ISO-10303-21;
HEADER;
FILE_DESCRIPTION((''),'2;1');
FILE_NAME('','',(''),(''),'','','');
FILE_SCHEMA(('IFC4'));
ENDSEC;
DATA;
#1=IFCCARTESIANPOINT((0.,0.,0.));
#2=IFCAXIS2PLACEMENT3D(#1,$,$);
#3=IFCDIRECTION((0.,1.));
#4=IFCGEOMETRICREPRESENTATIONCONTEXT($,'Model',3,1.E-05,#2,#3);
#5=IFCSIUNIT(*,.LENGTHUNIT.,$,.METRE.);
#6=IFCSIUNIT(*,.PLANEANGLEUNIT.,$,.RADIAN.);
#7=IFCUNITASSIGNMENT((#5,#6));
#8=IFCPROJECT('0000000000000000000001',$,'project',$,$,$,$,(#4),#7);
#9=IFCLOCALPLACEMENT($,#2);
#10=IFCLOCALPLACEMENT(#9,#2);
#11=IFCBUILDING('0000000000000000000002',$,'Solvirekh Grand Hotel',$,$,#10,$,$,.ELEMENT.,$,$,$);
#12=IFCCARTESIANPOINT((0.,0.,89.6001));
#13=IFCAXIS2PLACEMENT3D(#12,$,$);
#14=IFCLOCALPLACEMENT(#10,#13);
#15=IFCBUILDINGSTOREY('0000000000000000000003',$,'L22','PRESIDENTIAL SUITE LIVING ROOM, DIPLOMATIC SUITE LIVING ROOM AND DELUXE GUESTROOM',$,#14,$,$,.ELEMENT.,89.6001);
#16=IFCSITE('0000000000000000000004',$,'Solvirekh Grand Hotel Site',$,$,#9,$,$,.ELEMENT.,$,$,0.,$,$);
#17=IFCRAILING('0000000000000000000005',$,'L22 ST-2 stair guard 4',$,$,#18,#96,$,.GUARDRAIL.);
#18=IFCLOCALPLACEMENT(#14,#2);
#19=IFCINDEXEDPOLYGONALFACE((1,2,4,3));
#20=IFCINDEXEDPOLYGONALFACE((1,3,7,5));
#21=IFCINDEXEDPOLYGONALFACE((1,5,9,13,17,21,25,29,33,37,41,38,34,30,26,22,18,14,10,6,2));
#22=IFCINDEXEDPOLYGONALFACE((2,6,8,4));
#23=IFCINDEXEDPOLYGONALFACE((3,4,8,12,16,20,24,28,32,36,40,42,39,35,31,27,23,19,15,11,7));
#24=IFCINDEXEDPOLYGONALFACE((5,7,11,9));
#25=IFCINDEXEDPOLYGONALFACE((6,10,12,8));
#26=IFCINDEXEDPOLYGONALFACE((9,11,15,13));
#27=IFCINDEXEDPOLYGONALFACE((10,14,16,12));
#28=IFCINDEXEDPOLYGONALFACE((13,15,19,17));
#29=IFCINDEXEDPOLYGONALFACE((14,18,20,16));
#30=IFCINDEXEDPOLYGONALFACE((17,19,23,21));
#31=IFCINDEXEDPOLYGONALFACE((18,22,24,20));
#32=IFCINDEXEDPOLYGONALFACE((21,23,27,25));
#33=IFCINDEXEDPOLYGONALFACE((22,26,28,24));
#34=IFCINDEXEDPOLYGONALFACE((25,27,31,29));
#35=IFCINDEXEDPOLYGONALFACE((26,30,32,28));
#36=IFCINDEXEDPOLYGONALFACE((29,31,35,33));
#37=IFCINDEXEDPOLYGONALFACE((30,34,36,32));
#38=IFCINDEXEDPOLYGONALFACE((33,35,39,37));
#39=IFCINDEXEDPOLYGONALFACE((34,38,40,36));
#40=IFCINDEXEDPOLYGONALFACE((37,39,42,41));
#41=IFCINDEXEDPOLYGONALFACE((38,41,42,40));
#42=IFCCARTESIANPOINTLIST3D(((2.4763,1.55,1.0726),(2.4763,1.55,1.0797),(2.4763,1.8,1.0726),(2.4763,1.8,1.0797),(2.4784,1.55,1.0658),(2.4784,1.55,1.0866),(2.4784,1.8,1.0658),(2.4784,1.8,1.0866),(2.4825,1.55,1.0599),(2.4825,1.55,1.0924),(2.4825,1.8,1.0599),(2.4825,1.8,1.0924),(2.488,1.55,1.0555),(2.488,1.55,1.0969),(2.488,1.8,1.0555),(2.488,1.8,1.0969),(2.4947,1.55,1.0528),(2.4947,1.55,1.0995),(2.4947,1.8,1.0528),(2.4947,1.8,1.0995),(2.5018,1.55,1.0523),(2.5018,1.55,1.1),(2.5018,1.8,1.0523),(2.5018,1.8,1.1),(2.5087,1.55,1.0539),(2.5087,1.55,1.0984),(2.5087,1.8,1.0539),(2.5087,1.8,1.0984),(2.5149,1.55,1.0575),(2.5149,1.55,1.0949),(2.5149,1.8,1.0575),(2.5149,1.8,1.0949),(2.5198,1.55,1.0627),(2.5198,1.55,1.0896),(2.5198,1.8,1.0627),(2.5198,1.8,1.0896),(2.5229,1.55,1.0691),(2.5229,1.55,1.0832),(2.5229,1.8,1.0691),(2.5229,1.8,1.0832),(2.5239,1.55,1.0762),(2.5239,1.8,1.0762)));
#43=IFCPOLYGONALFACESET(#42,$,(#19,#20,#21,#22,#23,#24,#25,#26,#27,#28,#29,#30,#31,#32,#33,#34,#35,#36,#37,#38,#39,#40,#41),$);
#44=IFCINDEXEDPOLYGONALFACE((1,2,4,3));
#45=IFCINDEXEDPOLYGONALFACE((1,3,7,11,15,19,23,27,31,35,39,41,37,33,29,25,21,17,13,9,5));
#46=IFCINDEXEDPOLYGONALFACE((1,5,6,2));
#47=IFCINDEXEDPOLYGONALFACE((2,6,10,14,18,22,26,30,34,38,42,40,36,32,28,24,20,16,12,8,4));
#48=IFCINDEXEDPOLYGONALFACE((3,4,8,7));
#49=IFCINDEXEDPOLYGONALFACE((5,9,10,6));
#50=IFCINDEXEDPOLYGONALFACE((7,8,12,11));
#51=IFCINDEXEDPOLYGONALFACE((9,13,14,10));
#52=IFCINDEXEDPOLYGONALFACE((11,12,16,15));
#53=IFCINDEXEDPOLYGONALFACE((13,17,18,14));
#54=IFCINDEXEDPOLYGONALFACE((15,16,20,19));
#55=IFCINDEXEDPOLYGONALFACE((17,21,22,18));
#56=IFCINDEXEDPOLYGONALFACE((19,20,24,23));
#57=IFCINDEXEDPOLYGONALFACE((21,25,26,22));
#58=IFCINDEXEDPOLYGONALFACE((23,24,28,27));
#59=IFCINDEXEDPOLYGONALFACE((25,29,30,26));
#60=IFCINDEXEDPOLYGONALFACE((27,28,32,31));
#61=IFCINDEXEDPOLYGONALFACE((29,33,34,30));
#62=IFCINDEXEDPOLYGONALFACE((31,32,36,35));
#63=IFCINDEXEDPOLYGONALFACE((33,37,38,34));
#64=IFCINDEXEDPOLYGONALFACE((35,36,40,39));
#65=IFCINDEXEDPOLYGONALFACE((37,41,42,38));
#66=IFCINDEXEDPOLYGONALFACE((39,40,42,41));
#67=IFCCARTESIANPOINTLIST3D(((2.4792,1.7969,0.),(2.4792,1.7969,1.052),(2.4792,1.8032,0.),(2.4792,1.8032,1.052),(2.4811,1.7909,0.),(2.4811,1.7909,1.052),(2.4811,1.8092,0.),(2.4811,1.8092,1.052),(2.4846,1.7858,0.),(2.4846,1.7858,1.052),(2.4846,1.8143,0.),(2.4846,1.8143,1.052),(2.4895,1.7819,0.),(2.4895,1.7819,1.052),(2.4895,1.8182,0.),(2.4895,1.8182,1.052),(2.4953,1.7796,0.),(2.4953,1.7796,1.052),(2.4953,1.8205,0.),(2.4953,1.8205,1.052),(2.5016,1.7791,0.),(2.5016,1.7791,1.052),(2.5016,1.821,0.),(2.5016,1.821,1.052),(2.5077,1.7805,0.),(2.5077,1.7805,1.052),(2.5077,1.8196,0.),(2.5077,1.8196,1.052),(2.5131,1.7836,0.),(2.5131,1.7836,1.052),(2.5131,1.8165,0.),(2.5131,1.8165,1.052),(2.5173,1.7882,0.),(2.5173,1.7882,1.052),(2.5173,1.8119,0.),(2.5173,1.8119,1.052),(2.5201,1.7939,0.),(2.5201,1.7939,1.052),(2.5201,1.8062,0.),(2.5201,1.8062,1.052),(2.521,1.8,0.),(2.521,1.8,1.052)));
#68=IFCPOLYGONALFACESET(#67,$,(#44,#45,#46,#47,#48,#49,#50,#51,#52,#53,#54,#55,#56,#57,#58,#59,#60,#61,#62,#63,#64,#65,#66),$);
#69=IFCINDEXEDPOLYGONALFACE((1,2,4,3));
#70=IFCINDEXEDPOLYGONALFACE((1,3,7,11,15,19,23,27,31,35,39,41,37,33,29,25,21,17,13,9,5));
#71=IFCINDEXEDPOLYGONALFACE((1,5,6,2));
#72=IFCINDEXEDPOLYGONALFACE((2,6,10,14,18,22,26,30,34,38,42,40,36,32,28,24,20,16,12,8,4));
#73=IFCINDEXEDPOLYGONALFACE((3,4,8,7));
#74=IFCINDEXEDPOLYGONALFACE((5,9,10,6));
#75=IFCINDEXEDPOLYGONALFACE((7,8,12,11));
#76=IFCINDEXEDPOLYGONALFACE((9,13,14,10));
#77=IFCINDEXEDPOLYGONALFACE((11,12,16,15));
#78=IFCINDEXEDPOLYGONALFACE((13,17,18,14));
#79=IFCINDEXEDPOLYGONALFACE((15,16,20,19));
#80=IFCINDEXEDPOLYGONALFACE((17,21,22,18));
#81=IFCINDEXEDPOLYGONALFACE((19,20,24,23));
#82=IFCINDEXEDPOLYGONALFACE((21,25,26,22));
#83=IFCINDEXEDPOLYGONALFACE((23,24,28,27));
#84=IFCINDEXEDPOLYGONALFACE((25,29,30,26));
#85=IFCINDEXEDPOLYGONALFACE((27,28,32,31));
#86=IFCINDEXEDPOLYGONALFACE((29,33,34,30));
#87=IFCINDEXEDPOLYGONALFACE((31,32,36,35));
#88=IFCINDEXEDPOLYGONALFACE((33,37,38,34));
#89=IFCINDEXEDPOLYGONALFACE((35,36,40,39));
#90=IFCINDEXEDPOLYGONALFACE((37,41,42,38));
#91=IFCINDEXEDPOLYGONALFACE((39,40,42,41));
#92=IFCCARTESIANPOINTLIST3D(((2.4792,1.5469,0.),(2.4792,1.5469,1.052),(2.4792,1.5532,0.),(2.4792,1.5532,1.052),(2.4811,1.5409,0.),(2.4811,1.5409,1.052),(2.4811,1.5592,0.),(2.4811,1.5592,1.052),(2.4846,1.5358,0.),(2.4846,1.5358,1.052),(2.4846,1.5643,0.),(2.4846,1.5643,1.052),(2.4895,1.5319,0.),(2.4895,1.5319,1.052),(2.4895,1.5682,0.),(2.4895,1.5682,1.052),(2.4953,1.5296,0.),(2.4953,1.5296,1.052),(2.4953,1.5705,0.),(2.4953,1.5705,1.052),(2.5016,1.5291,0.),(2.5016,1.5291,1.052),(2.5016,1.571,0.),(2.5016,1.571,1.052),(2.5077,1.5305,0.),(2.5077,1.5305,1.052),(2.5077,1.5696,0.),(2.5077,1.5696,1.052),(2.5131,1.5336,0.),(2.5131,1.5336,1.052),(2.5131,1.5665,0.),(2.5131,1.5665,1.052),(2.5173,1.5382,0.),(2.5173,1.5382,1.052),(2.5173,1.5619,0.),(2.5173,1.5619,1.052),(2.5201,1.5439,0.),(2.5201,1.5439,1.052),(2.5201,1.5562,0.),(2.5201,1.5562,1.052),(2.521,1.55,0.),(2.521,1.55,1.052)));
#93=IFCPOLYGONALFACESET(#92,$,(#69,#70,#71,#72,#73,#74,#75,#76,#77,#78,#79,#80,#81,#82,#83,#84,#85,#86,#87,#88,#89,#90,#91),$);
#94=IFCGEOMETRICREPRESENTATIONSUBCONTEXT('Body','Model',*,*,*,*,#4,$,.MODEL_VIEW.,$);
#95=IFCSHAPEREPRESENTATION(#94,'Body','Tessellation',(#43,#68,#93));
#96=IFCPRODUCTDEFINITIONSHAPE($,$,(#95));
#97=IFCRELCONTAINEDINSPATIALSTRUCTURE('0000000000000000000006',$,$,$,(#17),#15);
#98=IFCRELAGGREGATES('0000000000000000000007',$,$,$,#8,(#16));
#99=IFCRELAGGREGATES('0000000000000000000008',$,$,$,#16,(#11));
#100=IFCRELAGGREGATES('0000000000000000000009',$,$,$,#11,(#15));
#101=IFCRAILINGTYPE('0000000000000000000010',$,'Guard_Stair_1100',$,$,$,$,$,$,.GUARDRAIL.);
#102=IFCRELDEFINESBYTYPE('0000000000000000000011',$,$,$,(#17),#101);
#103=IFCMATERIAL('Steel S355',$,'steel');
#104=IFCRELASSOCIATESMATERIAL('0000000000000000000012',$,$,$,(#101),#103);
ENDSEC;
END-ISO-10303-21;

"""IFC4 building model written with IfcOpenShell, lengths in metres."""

from ifc_helpers import new_model, si_unit, direction, frame, origin, origin_2d, place, context, subcontext, project, spatial, circle, extrude, material, type_object, element, save


model = new_model("IFC4")

# Units and contexts
model_context = context("Model", 3, precision=1e-05, world=origin(), true_north=direction((0.0, 1.0)))
body_context = subcontext(model_context, "Body", "Model", "MODEL_VIEW")
ifc_project = project(units=[si_unit("LENGTHUNIT", "METRE"), si_unit("PLANEANGLEUNIT", "RADIAN")], contexts=[model_context])

# Site, building, storey
site_placement = place(None, origin())
site = spatial("IfcSite", under=ifc_project, at=site_placement, Name="Solvirekh Grand Hotel Site", CompositionType="ELEMENT", RefElevation=0.0)
building_placement = place(site_placement, origin())
building = spatial("IfcBuilding", under=site, at=building_placement, Name="Solvirekh Grand Hotel", CompositionType="ELEMENT")
storey_placement = place(building_placement, frame((0.0, 0.0, 89.6001)))
storey = spatial("IfcBuildingStorey", under=building, at=storey_placement, Name="L22", Description="PRESIDENTIAL SUITE LIVING ROOM, DIPLOMATIC SUITE LIVING ROOM AND DELUXE GUESTROOM", CompositionType="ELEMENT", Elevation=89.6001)

# Railing
ifc_material_1 = material(Name="Steel S355", Category="steel")
railing_type_1 = type_object("IfcRailingType", Name="Guard_Stair_1100", PredefinedType="GUARDRAIL", material=ifc_material_1)
railing_1_placement = place(storey_placement, frame((2.5, 1.8, 0.0)))
element("IfcRailing", 1, at=railing_1_placement, inside=storey, type_object=railing_type_1, Name="L22 ST-2 stair guard 4", PredefinedType="GUARDRAIL", context=body_context, shape_type="SweptSolid", body=[
    extrude(circle(Radius=0.0239, at=origin_2d()), frame((0.0, 0.0, 1.0762), z_axis=(0.0, -1.0, 0.0), x_axis=(1.0, 0.0, 0.0)), (0.0, 0.0, 1.0), 0.25),
    extrude(circle(Radius=0.021, at=origin_2d()), origin(), (0.0, 0.0, 1.0), 1.052),
    extrude(circle(Radius=0.021, at=origin_2d()), frame((0.0, -0.25, 0.0)), (0.0, 0.0, 1.0), 1.052),
])

save(model, "model.ifc")
